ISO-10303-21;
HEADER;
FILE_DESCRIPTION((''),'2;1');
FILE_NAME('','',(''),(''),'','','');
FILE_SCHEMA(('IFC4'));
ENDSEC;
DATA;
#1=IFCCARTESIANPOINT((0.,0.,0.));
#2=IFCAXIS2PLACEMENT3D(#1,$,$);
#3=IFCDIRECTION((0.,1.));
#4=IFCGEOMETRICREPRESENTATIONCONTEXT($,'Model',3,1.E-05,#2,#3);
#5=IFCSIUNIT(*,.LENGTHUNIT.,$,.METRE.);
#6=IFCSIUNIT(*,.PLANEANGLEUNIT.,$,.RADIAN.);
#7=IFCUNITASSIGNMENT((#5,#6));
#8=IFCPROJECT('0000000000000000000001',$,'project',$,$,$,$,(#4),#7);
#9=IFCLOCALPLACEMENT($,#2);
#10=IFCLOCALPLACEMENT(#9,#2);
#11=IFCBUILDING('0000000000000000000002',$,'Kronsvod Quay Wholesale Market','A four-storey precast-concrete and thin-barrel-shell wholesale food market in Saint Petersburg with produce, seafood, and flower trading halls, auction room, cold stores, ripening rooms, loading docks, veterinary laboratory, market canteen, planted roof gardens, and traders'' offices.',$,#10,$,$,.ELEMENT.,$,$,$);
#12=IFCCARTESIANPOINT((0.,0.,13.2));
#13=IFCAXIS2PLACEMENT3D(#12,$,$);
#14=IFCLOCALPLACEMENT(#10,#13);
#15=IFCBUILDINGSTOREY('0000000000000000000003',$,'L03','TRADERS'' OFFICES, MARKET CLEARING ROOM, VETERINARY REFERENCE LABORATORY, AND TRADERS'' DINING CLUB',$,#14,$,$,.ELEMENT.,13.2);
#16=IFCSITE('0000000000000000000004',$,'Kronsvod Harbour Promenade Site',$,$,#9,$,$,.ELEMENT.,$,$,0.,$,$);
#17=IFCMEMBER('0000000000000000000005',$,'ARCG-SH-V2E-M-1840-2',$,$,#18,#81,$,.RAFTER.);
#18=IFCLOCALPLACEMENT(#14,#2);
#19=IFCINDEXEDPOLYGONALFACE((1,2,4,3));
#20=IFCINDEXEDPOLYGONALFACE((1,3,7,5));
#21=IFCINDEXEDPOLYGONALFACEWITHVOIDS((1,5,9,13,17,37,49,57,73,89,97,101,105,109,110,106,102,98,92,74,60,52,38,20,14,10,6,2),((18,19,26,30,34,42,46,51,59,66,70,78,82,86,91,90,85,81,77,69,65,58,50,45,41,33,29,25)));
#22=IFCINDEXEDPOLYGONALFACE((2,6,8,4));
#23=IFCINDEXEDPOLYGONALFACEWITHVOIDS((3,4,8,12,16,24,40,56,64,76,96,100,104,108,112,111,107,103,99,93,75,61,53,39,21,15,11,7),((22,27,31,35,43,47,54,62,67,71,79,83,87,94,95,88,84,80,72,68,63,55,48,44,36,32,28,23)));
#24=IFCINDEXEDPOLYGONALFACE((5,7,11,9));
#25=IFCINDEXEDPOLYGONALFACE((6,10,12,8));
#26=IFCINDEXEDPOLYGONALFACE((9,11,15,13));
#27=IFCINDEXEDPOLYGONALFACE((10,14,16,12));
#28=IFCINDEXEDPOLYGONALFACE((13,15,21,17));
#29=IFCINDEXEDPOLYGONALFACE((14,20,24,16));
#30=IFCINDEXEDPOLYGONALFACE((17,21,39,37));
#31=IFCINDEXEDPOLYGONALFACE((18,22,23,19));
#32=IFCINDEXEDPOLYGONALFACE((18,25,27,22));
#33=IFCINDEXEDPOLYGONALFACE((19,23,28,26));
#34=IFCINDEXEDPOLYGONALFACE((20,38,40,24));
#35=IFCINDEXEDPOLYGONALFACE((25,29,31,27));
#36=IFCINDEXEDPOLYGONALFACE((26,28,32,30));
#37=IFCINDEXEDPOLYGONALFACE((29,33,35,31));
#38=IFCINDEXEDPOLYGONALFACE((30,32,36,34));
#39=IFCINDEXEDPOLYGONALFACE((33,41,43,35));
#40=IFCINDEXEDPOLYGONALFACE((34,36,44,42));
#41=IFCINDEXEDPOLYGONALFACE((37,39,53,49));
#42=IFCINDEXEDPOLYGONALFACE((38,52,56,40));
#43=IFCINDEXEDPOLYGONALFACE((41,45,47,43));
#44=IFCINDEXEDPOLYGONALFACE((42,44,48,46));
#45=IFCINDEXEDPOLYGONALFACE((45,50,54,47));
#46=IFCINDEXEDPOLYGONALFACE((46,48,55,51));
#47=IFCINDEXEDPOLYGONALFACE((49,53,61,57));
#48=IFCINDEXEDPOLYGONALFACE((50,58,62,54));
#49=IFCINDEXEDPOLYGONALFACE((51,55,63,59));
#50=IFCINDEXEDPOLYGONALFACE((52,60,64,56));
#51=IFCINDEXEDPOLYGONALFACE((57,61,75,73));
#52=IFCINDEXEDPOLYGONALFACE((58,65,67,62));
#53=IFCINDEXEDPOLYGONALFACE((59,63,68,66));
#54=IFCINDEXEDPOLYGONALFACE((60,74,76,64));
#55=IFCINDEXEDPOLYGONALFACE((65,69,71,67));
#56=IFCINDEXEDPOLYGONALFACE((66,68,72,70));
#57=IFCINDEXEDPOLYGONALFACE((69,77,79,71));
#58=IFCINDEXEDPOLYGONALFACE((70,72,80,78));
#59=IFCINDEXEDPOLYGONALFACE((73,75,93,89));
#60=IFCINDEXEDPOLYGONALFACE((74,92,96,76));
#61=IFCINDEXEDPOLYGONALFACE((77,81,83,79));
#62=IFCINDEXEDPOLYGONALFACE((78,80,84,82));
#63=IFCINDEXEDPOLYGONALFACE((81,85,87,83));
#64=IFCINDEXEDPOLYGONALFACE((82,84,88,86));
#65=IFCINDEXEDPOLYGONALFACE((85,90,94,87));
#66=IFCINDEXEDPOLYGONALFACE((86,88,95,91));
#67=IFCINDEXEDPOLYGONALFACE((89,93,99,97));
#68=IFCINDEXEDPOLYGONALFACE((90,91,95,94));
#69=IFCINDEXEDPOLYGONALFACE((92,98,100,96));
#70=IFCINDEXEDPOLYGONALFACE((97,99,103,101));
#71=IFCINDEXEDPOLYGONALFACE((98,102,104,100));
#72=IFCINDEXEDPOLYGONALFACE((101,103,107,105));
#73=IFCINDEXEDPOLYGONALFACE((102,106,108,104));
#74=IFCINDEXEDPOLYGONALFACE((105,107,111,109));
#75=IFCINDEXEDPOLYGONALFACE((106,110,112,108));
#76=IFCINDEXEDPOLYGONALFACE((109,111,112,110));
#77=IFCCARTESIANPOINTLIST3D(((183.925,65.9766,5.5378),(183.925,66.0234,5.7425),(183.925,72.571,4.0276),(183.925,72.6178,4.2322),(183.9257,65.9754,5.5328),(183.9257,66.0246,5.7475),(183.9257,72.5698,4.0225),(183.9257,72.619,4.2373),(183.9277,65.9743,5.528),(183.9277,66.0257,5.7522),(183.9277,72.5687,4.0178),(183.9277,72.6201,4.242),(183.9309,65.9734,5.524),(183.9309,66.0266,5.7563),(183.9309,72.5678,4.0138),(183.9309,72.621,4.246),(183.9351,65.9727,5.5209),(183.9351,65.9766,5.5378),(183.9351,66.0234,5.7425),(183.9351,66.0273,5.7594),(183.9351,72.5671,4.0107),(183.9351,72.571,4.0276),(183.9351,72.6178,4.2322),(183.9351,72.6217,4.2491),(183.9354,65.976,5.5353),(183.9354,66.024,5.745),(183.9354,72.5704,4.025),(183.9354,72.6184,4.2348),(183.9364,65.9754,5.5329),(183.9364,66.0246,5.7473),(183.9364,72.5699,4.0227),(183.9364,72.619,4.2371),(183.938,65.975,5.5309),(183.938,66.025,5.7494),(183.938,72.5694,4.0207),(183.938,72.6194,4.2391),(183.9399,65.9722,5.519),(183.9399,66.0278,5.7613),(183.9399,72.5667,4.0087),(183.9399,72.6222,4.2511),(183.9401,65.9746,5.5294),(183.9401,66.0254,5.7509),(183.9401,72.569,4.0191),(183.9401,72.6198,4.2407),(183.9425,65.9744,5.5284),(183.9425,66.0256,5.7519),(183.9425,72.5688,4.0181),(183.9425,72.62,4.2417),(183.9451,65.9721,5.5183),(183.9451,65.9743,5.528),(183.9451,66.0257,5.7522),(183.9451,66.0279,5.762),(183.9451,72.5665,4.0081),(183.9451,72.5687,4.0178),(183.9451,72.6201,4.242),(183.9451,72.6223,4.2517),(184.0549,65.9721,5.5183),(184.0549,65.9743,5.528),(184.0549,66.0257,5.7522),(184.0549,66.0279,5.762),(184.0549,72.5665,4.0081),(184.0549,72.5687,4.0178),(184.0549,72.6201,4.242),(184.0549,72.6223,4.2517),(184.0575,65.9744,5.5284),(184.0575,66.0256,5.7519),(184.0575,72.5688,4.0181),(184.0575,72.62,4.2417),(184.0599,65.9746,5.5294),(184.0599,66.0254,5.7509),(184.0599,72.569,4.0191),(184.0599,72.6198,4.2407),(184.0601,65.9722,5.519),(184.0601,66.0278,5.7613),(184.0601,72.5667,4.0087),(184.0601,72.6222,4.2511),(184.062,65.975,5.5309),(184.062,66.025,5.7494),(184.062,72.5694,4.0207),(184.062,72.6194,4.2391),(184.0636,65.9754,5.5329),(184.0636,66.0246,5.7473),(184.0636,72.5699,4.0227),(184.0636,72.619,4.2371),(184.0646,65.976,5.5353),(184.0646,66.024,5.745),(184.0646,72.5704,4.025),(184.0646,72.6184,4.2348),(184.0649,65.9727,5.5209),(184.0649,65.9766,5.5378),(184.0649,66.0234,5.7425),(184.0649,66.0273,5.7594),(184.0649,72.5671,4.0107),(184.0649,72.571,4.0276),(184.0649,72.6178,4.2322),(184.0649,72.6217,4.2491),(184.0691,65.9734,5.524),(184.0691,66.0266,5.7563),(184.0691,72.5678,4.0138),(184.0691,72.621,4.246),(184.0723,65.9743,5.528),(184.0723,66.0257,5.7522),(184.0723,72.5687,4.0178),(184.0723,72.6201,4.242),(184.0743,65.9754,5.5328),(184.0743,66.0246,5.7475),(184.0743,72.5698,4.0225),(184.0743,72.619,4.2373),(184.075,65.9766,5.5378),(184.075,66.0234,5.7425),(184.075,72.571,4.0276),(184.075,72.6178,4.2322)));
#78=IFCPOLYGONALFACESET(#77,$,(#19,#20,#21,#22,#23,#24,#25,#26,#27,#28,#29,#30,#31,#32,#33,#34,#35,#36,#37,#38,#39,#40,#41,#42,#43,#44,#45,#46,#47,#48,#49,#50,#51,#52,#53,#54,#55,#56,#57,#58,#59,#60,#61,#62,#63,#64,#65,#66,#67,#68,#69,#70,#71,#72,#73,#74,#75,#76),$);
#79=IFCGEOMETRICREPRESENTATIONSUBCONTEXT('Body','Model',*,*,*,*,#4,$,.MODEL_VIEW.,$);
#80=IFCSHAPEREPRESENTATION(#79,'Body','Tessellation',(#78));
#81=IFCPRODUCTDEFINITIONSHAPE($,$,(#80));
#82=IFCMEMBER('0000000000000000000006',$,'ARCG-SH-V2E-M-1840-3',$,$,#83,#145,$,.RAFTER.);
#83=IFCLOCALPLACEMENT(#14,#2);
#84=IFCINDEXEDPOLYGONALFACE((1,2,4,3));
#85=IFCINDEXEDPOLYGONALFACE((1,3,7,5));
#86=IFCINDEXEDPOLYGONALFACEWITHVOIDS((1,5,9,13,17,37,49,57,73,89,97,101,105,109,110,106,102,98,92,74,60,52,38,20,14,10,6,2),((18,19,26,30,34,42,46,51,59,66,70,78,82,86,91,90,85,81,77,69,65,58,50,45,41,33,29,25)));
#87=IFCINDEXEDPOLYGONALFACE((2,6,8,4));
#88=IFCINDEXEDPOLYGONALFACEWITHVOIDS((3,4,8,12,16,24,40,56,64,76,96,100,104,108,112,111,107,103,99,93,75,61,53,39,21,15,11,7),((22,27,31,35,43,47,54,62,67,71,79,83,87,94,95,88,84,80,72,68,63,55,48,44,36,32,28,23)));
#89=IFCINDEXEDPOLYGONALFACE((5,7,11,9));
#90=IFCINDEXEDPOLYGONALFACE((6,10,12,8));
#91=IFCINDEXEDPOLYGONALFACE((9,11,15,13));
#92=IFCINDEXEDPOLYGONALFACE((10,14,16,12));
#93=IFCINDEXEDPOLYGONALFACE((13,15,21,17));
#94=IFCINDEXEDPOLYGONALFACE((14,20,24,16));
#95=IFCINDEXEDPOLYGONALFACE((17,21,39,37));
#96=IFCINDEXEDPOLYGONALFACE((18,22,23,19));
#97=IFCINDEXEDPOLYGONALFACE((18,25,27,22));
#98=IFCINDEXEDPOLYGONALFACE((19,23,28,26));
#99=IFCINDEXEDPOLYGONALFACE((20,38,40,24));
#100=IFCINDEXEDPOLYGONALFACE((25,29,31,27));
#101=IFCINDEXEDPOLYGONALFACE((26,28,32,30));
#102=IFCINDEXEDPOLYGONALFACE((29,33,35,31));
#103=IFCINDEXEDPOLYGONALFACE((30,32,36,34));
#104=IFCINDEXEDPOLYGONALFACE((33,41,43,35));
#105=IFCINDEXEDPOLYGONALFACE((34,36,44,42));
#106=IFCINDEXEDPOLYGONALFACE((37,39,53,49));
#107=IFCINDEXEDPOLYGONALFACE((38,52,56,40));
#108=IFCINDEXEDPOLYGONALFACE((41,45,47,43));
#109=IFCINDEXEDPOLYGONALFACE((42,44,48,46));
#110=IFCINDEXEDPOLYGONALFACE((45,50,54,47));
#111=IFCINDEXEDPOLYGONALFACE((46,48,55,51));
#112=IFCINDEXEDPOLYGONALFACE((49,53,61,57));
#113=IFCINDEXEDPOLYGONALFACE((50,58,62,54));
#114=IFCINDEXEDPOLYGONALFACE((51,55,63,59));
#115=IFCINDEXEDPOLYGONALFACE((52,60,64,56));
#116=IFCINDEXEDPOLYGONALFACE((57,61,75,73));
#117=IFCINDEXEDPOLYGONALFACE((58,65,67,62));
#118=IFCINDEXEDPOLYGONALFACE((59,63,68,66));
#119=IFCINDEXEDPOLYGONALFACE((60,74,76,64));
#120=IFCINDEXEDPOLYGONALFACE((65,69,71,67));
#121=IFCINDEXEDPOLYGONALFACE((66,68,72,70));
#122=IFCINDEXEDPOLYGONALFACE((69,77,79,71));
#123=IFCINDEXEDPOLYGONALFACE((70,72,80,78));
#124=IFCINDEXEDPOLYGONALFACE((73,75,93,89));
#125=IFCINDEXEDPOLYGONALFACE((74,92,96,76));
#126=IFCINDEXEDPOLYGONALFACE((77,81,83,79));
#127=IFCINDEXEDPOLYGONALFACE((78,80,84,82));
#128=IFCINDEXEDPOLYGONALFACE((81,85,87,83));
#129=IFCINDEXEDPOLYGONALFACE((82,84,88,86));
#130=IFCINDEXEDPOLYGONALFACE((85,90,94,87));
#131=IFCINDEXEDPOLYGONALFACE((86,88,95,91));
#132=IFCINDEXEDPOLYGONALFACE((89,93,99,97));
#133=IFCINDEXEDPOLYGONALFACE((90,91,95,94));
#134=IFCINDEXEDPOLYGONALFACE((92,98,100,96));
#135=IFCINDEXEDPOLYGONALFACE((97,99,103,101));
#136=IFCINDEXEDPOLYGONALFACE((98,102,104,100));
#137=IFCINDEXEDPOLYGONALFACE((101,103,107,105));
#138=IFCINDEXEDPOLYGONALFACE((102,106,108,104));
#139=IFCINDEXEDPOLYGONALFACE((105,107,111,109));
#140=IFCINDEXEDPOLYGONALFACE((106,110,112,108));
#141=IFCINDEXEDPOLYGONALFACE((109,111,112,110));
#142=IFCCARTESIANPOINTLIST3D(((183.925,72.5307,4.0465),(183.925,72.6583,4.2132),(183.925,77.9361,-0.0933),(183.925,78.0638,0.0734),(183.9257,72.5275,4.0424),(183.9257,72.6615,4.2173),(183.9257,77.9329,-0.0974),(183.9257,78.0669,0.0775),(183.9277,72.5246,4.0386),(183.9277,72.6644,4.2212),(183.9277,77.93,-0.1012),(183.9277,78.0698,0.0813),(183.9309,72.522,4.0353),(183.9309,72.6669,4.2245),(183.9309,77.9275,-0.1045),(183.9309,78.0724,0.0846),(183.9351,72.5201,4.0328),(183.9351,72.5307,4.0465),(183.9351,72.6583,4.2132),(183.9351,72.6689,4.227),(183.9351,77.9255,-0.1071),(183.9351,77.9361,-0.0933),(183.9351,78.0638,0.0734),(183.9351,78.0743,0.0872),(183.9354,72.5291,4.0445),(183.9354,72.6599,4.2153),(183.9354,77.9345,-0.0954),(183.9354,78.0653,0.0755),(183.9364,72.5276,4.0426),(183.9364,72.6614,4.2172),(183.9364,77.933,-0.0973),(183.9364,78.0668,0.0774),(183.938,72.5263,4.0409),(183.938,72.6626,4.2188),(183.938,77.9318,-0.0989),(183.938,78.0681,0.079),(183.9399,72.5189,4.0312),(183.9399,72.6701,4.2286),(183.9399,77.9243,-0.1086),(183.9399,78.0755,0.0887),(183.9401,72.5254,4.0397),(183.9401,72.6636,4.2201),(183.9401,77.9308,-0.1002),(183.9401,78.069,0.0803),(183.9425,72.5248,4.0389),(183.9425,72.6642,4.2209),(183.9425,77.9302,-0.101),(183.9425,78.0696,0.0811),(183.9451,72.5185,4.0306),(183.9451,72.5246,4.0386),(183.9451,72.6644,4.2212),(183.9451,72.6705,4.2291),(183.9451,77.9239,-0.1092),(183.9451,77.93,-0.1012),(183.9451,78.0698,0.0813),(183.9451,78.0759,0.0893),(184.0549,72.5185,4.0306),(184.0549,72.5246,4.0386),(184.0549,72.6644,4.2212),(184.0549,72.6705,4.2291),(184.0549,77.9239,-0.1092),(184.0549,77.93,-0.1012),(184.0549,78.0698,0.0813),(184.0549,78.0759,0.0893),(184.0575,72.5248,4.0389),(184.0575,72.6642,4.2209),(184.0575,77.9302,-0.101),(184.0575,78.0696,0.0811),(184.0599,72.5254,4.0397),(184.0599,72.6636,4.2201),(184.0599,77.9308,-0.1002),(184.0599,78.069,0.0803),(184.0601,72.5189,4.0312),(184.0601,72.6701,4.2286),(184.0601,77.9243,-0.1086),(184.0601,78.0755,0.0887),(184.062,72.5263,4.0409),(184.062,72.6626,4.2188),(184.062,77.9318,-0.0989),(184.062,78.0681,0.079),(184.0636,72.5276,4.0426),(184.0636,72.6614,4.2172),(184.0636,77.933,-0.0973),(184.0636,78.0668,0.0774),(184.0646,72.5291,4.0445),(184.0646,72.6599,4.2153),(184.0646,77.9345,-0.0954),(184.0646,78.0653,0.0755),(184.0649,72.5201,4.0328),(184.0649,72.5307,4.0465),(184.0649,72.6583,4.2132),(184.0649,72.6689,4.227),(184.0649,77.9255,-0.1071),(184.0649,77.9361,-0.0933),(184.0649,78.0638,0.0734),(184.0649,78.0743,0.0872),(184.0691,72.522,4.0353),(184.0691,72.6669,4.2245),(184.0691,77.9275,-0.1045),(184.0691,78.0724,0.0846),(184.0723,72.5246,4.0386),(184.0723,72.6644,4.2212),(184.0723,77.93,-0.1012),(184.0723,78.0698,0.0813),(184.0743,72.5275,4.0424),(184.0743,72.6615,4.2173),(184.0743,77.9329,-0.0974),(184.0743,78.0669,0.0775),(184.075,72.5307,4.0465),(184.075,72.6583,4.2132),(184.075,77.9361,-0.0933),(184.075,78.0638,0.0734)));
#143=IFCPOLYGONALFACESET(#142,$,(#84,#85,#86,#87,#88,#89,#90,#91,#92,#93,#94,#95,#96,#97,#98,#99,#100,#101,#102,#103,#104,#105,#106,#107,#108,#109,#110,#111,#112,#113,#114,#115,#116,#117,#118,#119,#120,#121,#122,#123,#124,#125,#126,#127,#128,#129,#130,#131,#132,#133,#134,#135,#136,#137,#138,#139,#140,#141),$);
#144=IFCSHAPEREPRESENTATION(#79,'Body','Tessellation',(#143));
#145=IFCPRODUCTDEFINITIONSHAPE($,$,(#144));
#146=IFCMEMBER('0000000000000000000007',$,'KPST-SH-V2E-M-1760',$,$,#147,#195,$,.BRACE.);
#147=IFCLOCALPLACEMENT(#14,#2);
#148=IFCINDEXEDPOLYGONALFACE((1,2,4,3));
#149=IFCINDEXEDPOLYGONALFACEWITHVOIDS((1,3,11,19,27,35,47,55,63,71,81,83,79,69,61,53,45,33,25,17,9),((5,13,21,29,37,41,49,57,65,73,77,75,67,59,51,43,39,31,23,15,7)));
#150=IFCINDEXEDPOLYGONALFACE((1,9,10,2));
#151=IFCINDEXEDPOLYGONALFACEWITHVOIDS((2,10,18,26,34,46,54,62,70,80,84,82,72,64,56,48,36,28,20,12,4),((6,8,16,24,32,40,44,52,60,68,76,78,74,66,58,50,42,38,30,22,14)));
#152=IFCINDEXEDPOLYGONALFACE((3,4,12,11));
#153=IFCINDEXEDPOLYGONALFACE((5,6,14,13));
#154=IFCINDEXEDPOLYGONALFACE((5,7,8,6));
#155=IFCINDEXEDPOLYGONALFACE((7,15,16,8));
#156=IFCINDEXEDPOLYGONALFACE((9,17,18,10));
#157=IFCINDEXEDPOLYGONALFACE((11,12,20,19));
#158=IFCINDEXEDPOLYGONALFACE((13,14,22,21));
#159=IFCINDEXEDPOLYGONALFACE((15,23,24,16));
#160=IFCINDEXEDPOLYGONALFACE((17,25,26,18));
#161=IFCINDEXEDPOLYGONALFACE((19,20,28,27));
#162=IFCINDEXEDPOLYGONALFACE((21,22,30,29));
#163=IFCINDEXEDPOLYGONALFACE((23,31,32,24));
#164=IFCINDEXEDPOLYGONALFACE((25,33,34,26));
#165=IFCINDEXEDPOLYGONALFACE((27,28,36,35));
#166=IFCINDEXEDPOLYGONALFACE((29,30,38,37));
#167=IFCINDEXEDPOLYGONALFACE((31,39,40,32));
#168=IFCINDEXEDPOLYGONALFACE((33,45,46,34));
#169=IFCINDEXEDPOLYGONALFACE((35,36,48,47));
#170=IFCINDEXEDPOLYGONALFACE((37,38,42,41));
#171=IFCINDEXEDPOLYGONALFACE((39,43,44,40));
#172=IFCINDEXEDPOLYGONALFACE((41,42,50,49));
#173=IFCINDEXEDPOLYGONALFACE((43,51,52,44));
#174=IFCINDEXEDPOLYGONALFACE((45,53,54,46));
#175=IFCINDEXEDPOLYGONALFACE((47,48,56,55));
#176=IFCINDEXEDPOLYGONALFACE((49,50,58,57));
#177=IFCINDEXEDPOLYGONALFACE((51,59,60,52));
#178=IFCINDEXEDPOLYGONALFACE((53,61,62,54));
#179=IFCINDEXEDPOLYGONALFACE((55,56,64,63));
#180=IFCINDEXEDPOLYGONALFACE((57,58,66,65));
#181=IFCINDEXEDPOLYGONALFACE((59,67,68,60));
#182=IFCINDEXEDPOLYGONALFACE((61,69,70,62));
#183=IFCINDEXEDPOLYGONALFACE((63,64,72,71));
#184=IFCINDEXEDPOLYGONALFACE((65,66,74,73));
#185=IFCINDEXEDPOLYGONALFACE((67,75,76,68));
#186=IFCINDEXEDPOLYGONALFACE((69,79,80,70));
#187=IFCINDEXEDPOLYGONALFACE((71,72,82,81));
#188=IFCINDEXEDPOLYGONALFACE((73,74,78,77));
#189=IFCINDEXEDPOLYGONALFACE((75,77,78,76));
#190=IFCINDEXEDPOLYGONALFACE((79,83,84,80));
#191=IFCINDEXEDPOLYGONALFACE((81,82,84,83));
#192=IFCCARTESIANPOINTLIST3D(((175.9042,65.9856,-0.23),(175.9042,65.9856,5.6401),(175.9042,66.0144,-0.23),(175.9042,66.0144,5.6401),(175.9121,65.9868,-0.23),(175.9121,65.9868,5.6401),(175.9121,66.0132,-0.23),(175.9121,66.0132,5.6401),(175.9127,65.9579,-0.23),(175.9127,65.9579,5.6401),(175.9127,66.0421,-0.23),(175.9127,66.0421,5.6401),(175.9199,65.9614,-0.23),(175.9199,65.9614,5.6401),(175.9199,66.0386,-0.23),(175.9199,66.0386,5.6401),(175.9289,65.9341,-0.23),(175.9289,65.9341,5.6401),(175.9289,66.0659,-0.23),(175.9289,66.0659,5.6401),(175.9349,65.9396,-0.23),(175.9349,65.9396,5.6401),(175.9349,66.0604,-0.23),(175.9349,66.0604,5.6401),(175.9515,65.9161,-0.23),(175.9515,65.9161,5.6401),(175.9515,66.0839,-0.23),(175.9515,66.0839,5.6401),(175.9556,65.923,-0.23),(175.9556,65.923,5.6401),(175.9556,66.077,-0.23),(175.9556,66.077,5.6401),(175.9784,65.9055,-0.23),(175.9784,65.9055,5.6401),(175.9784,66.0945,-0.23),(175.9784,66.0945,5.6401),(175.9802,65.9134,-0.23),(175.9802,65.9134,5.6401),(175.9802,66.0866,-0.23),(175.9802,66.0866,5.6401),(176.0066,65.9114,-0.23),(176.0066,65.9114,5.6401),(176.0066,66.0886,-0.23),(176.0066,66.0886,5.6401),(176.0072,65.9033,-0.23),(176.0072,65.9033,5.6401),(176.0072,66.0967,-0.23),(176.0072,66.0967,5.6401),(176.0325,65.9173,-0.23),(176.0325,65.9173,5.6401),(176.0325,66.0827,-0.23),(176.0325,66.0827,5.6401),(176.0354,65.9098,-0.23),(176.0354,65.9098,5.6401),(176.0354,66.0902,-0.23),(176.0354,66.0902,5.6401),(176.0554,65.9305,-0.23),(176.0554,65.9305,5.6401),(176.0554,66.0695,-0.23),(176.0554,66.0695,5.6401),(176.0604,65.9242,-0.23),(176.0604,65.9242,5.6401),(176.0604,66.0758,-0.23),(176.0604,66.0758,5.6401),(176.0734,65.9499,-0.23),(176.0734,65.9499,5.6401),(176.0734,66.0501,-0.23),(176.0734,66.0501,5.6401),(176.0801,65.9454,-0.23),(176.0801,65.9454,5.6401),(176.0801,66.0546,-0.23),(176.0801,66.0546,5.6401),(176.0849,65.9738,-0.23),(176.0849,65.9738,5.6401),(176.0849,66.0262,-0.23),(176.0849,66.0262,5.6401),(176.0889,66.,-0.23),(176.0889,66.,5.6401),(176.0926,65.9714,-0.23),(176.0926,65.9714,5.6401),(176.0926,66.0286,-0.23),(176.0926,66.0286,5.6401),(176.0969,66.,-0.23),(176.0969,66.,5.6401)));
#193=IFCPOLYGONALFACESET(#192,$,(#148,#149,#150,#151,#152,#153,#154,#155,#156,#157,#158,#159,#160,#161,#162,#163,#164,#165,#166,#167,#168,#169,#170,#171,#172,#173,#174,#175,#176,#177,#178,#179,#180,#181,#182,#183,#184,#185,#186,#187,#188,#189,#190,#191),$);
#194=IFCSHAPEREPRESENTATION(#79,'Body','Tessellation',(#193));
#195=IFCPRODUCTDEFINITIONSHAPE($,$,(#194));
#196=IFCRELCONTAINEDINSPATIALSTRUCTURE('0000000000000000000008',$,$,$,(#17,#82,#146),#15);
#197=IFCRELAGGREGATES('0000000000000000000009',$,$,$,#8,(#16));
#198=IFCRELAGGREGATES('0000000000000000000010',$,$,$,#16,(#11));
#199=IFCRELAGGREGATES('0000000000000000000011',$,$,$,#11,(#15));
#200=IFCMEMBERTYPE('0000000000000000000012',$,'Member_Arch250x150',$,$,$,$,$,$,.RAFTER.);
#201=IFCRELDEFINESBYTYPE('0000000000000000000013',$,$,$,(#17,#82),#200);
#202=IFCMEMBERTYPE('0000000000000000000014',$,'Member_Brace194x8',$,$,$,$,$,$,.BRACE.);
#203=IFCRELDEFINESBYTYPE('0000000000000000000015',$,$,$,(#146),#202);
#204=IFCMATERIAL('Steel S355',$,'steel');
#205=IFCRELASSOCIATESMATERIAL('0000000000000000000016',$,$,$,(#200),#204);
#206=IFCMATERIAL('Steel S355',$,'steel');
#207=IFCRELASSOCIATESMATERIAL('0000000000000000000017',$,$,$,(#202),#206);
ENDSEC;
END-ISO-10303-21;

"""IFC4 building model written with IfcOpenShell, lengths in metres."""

from ifc_helpers import new_model, si_unit, direction, frame, origin, origin_2d, place, context, subcontext, project, spatial, hollow_rectangle, hollow_circle, extrude, material, material_profile, profile_set, type_object, element, save


model = new_model("IFC4")

# Units and contexts
model_context = context("Model", 3, precision=1e-05, world=origin(), true_north=direction((0.0, 1.0)))
body_context = subcontext(model_context, "Body", "Model", "MODEL_VIEW")
ifc_project = project(units=[si_unit("LENGTHUNIT", "METRE"), si_unit("PLANEANGLEUNIT", "RADIAN")], contexts=[model_context])

# Site, building, storey
site_placement = place(None, origin())
site = spatial("IfcSite", under=ifc_project, at=site_placement, Name="Kronsvod Harbour Promenade Site", CompositionType="ELEMENT", RefElevation=0.0)
building_placement = place(site_placement, origin())
building = spatial("IfcBuilding", under=site, at=building_placement, Name="Kronsvod Quay Wholesale Market", Description="A four-storey precast-concrete and thin-barrel-shell wholesale food market in Saint Petersburg with produce, seafood, and flower trading halls, auction room, cold stores, ripening rooms, loading docks, veterinary laboratory, market canteen, planted roof gardens, and traders' offices.", CompositionType="ELEMENT")
storey_placement = place(building_placement, frame((0.0, 0.0, 13.2)))
storey = spatial("IfcBuildingStorey", under=building, at=storey_placement, Name="L03", Description="TRADERS' OFFICES, MARKET CLEARING ROOM, VETERINARY REFERENCE LABORATORY, AND TRADERS' DINING CLUB", CompositionType="ELEMENT", Elevation=13.2)

# Members
ifc_material_1 = material(Name="Steel S355", Category="steel")
ifc_material_profile_1 = material_profile(ifc_material_1, hollow_rectangle(XDim=0.1499, YDim=0.25, WallThickness=0.01, InnerFilletRadius=0.01, OuterFilletRadius=0.02, at=origin_2d()), Name="RHS250x150x10")
ifc_profile_set_1 = profile_set([ifc_material_profile_1], Name="Steel S355")
member_type_1 = type_object("IfcMemberType", Name="Member_Arch250x150", PredefinedType="RAFTER", material=ifc_profile_set_1)
for number, where, z_axis, x_axis, name in (
    (1, (184.0, 66.0, 5.6401), (0.0, 0.974764, -0.223238), (-1.0, 0.0, 0.0), "ARCG-SH-V2E-M-1840-2"),
):
    element("IfcMember", number, at=place(storey_placement, frame(where, z_axis=z_axis, x_axis=x_axis)), inside=storey, type_object=member_type_1, Name=name, PredefinedType="RAFTER", context=body_context, shape_type="SweptSolid", body=[
        extrude(hollow_rectangle(XDim=0.1499, YDim=0.25, WallThickness=0.01, InnerFilletRadius=0.01, OuterFilletRadius=0.02, at=origin_2d()), origin(), (0.0, 0.0, 1.0), 6.7651),
    ])
member_1_placement = place(storey_placement, frame((184.0, 72.5945, 4.1299), z_axis=(0.0, 0.793914, -0.60803), x_axis=(-1.0, 0.0, 0.0)))
element("IfcMember", 2, at=member_1_placement, inside=storey, type_object=member_type_1, Name="ARCG-SH-V2E-M-1840-3", PredefinedType="RAFTER", context=body_context, shape_type="SweptSolid", body=[
    extrude(hollow_rectangle(XDim=0.1499, YDim=0.25, WallThickness=0.01, InnerFilletRadius=0.01, OuterFilletRadius=0.02, at=origin_2d()), origin(), (0.0, 0.0, 1.0), 6.8086),
])
ifc_material_2 = material(Name="Steel S355", Category="steel")
ifc_material_profile_2 = material_profile(ifc_material_2, hollow_circle(Radius=0.0969, WallThickness=0.0081, at=origin_2d()), Name="CHS194x8")
ifc_profile_set_2 = profile_set([ifc_material_profile_2], Name="Steel S355")
member_type_2 = type_object("IfcMemberType", Name="Member_Brace194x8", PredefinedType="BRACE", material=ifc_profile_set_2)
for number, where, z_axis, x_axis, name in (
    (3, (176.0, 66.0, -0.23), (0.0, 0.0, 1.0), (1.0, 0.0, 0.0), "KPST-SH-V2E-M-1760"),
):
    element("IfcMember", number, at=place(storey_placement, frame(where, z_axis=z_axis, x_axis=x_axis)), inside=storey, type_object=member_type_2, Name=name, PredefinedType="BRACE", context=body_context, shape_type="SweptSolid", body=[
        extrude(hollow_circle(Radius=0.0969, WallThickness=0.0081, at=origin_2d()), origin(), (0.0, 0.0, 1.0), 5.8701),
    ])

save(model, "model.ifc")
